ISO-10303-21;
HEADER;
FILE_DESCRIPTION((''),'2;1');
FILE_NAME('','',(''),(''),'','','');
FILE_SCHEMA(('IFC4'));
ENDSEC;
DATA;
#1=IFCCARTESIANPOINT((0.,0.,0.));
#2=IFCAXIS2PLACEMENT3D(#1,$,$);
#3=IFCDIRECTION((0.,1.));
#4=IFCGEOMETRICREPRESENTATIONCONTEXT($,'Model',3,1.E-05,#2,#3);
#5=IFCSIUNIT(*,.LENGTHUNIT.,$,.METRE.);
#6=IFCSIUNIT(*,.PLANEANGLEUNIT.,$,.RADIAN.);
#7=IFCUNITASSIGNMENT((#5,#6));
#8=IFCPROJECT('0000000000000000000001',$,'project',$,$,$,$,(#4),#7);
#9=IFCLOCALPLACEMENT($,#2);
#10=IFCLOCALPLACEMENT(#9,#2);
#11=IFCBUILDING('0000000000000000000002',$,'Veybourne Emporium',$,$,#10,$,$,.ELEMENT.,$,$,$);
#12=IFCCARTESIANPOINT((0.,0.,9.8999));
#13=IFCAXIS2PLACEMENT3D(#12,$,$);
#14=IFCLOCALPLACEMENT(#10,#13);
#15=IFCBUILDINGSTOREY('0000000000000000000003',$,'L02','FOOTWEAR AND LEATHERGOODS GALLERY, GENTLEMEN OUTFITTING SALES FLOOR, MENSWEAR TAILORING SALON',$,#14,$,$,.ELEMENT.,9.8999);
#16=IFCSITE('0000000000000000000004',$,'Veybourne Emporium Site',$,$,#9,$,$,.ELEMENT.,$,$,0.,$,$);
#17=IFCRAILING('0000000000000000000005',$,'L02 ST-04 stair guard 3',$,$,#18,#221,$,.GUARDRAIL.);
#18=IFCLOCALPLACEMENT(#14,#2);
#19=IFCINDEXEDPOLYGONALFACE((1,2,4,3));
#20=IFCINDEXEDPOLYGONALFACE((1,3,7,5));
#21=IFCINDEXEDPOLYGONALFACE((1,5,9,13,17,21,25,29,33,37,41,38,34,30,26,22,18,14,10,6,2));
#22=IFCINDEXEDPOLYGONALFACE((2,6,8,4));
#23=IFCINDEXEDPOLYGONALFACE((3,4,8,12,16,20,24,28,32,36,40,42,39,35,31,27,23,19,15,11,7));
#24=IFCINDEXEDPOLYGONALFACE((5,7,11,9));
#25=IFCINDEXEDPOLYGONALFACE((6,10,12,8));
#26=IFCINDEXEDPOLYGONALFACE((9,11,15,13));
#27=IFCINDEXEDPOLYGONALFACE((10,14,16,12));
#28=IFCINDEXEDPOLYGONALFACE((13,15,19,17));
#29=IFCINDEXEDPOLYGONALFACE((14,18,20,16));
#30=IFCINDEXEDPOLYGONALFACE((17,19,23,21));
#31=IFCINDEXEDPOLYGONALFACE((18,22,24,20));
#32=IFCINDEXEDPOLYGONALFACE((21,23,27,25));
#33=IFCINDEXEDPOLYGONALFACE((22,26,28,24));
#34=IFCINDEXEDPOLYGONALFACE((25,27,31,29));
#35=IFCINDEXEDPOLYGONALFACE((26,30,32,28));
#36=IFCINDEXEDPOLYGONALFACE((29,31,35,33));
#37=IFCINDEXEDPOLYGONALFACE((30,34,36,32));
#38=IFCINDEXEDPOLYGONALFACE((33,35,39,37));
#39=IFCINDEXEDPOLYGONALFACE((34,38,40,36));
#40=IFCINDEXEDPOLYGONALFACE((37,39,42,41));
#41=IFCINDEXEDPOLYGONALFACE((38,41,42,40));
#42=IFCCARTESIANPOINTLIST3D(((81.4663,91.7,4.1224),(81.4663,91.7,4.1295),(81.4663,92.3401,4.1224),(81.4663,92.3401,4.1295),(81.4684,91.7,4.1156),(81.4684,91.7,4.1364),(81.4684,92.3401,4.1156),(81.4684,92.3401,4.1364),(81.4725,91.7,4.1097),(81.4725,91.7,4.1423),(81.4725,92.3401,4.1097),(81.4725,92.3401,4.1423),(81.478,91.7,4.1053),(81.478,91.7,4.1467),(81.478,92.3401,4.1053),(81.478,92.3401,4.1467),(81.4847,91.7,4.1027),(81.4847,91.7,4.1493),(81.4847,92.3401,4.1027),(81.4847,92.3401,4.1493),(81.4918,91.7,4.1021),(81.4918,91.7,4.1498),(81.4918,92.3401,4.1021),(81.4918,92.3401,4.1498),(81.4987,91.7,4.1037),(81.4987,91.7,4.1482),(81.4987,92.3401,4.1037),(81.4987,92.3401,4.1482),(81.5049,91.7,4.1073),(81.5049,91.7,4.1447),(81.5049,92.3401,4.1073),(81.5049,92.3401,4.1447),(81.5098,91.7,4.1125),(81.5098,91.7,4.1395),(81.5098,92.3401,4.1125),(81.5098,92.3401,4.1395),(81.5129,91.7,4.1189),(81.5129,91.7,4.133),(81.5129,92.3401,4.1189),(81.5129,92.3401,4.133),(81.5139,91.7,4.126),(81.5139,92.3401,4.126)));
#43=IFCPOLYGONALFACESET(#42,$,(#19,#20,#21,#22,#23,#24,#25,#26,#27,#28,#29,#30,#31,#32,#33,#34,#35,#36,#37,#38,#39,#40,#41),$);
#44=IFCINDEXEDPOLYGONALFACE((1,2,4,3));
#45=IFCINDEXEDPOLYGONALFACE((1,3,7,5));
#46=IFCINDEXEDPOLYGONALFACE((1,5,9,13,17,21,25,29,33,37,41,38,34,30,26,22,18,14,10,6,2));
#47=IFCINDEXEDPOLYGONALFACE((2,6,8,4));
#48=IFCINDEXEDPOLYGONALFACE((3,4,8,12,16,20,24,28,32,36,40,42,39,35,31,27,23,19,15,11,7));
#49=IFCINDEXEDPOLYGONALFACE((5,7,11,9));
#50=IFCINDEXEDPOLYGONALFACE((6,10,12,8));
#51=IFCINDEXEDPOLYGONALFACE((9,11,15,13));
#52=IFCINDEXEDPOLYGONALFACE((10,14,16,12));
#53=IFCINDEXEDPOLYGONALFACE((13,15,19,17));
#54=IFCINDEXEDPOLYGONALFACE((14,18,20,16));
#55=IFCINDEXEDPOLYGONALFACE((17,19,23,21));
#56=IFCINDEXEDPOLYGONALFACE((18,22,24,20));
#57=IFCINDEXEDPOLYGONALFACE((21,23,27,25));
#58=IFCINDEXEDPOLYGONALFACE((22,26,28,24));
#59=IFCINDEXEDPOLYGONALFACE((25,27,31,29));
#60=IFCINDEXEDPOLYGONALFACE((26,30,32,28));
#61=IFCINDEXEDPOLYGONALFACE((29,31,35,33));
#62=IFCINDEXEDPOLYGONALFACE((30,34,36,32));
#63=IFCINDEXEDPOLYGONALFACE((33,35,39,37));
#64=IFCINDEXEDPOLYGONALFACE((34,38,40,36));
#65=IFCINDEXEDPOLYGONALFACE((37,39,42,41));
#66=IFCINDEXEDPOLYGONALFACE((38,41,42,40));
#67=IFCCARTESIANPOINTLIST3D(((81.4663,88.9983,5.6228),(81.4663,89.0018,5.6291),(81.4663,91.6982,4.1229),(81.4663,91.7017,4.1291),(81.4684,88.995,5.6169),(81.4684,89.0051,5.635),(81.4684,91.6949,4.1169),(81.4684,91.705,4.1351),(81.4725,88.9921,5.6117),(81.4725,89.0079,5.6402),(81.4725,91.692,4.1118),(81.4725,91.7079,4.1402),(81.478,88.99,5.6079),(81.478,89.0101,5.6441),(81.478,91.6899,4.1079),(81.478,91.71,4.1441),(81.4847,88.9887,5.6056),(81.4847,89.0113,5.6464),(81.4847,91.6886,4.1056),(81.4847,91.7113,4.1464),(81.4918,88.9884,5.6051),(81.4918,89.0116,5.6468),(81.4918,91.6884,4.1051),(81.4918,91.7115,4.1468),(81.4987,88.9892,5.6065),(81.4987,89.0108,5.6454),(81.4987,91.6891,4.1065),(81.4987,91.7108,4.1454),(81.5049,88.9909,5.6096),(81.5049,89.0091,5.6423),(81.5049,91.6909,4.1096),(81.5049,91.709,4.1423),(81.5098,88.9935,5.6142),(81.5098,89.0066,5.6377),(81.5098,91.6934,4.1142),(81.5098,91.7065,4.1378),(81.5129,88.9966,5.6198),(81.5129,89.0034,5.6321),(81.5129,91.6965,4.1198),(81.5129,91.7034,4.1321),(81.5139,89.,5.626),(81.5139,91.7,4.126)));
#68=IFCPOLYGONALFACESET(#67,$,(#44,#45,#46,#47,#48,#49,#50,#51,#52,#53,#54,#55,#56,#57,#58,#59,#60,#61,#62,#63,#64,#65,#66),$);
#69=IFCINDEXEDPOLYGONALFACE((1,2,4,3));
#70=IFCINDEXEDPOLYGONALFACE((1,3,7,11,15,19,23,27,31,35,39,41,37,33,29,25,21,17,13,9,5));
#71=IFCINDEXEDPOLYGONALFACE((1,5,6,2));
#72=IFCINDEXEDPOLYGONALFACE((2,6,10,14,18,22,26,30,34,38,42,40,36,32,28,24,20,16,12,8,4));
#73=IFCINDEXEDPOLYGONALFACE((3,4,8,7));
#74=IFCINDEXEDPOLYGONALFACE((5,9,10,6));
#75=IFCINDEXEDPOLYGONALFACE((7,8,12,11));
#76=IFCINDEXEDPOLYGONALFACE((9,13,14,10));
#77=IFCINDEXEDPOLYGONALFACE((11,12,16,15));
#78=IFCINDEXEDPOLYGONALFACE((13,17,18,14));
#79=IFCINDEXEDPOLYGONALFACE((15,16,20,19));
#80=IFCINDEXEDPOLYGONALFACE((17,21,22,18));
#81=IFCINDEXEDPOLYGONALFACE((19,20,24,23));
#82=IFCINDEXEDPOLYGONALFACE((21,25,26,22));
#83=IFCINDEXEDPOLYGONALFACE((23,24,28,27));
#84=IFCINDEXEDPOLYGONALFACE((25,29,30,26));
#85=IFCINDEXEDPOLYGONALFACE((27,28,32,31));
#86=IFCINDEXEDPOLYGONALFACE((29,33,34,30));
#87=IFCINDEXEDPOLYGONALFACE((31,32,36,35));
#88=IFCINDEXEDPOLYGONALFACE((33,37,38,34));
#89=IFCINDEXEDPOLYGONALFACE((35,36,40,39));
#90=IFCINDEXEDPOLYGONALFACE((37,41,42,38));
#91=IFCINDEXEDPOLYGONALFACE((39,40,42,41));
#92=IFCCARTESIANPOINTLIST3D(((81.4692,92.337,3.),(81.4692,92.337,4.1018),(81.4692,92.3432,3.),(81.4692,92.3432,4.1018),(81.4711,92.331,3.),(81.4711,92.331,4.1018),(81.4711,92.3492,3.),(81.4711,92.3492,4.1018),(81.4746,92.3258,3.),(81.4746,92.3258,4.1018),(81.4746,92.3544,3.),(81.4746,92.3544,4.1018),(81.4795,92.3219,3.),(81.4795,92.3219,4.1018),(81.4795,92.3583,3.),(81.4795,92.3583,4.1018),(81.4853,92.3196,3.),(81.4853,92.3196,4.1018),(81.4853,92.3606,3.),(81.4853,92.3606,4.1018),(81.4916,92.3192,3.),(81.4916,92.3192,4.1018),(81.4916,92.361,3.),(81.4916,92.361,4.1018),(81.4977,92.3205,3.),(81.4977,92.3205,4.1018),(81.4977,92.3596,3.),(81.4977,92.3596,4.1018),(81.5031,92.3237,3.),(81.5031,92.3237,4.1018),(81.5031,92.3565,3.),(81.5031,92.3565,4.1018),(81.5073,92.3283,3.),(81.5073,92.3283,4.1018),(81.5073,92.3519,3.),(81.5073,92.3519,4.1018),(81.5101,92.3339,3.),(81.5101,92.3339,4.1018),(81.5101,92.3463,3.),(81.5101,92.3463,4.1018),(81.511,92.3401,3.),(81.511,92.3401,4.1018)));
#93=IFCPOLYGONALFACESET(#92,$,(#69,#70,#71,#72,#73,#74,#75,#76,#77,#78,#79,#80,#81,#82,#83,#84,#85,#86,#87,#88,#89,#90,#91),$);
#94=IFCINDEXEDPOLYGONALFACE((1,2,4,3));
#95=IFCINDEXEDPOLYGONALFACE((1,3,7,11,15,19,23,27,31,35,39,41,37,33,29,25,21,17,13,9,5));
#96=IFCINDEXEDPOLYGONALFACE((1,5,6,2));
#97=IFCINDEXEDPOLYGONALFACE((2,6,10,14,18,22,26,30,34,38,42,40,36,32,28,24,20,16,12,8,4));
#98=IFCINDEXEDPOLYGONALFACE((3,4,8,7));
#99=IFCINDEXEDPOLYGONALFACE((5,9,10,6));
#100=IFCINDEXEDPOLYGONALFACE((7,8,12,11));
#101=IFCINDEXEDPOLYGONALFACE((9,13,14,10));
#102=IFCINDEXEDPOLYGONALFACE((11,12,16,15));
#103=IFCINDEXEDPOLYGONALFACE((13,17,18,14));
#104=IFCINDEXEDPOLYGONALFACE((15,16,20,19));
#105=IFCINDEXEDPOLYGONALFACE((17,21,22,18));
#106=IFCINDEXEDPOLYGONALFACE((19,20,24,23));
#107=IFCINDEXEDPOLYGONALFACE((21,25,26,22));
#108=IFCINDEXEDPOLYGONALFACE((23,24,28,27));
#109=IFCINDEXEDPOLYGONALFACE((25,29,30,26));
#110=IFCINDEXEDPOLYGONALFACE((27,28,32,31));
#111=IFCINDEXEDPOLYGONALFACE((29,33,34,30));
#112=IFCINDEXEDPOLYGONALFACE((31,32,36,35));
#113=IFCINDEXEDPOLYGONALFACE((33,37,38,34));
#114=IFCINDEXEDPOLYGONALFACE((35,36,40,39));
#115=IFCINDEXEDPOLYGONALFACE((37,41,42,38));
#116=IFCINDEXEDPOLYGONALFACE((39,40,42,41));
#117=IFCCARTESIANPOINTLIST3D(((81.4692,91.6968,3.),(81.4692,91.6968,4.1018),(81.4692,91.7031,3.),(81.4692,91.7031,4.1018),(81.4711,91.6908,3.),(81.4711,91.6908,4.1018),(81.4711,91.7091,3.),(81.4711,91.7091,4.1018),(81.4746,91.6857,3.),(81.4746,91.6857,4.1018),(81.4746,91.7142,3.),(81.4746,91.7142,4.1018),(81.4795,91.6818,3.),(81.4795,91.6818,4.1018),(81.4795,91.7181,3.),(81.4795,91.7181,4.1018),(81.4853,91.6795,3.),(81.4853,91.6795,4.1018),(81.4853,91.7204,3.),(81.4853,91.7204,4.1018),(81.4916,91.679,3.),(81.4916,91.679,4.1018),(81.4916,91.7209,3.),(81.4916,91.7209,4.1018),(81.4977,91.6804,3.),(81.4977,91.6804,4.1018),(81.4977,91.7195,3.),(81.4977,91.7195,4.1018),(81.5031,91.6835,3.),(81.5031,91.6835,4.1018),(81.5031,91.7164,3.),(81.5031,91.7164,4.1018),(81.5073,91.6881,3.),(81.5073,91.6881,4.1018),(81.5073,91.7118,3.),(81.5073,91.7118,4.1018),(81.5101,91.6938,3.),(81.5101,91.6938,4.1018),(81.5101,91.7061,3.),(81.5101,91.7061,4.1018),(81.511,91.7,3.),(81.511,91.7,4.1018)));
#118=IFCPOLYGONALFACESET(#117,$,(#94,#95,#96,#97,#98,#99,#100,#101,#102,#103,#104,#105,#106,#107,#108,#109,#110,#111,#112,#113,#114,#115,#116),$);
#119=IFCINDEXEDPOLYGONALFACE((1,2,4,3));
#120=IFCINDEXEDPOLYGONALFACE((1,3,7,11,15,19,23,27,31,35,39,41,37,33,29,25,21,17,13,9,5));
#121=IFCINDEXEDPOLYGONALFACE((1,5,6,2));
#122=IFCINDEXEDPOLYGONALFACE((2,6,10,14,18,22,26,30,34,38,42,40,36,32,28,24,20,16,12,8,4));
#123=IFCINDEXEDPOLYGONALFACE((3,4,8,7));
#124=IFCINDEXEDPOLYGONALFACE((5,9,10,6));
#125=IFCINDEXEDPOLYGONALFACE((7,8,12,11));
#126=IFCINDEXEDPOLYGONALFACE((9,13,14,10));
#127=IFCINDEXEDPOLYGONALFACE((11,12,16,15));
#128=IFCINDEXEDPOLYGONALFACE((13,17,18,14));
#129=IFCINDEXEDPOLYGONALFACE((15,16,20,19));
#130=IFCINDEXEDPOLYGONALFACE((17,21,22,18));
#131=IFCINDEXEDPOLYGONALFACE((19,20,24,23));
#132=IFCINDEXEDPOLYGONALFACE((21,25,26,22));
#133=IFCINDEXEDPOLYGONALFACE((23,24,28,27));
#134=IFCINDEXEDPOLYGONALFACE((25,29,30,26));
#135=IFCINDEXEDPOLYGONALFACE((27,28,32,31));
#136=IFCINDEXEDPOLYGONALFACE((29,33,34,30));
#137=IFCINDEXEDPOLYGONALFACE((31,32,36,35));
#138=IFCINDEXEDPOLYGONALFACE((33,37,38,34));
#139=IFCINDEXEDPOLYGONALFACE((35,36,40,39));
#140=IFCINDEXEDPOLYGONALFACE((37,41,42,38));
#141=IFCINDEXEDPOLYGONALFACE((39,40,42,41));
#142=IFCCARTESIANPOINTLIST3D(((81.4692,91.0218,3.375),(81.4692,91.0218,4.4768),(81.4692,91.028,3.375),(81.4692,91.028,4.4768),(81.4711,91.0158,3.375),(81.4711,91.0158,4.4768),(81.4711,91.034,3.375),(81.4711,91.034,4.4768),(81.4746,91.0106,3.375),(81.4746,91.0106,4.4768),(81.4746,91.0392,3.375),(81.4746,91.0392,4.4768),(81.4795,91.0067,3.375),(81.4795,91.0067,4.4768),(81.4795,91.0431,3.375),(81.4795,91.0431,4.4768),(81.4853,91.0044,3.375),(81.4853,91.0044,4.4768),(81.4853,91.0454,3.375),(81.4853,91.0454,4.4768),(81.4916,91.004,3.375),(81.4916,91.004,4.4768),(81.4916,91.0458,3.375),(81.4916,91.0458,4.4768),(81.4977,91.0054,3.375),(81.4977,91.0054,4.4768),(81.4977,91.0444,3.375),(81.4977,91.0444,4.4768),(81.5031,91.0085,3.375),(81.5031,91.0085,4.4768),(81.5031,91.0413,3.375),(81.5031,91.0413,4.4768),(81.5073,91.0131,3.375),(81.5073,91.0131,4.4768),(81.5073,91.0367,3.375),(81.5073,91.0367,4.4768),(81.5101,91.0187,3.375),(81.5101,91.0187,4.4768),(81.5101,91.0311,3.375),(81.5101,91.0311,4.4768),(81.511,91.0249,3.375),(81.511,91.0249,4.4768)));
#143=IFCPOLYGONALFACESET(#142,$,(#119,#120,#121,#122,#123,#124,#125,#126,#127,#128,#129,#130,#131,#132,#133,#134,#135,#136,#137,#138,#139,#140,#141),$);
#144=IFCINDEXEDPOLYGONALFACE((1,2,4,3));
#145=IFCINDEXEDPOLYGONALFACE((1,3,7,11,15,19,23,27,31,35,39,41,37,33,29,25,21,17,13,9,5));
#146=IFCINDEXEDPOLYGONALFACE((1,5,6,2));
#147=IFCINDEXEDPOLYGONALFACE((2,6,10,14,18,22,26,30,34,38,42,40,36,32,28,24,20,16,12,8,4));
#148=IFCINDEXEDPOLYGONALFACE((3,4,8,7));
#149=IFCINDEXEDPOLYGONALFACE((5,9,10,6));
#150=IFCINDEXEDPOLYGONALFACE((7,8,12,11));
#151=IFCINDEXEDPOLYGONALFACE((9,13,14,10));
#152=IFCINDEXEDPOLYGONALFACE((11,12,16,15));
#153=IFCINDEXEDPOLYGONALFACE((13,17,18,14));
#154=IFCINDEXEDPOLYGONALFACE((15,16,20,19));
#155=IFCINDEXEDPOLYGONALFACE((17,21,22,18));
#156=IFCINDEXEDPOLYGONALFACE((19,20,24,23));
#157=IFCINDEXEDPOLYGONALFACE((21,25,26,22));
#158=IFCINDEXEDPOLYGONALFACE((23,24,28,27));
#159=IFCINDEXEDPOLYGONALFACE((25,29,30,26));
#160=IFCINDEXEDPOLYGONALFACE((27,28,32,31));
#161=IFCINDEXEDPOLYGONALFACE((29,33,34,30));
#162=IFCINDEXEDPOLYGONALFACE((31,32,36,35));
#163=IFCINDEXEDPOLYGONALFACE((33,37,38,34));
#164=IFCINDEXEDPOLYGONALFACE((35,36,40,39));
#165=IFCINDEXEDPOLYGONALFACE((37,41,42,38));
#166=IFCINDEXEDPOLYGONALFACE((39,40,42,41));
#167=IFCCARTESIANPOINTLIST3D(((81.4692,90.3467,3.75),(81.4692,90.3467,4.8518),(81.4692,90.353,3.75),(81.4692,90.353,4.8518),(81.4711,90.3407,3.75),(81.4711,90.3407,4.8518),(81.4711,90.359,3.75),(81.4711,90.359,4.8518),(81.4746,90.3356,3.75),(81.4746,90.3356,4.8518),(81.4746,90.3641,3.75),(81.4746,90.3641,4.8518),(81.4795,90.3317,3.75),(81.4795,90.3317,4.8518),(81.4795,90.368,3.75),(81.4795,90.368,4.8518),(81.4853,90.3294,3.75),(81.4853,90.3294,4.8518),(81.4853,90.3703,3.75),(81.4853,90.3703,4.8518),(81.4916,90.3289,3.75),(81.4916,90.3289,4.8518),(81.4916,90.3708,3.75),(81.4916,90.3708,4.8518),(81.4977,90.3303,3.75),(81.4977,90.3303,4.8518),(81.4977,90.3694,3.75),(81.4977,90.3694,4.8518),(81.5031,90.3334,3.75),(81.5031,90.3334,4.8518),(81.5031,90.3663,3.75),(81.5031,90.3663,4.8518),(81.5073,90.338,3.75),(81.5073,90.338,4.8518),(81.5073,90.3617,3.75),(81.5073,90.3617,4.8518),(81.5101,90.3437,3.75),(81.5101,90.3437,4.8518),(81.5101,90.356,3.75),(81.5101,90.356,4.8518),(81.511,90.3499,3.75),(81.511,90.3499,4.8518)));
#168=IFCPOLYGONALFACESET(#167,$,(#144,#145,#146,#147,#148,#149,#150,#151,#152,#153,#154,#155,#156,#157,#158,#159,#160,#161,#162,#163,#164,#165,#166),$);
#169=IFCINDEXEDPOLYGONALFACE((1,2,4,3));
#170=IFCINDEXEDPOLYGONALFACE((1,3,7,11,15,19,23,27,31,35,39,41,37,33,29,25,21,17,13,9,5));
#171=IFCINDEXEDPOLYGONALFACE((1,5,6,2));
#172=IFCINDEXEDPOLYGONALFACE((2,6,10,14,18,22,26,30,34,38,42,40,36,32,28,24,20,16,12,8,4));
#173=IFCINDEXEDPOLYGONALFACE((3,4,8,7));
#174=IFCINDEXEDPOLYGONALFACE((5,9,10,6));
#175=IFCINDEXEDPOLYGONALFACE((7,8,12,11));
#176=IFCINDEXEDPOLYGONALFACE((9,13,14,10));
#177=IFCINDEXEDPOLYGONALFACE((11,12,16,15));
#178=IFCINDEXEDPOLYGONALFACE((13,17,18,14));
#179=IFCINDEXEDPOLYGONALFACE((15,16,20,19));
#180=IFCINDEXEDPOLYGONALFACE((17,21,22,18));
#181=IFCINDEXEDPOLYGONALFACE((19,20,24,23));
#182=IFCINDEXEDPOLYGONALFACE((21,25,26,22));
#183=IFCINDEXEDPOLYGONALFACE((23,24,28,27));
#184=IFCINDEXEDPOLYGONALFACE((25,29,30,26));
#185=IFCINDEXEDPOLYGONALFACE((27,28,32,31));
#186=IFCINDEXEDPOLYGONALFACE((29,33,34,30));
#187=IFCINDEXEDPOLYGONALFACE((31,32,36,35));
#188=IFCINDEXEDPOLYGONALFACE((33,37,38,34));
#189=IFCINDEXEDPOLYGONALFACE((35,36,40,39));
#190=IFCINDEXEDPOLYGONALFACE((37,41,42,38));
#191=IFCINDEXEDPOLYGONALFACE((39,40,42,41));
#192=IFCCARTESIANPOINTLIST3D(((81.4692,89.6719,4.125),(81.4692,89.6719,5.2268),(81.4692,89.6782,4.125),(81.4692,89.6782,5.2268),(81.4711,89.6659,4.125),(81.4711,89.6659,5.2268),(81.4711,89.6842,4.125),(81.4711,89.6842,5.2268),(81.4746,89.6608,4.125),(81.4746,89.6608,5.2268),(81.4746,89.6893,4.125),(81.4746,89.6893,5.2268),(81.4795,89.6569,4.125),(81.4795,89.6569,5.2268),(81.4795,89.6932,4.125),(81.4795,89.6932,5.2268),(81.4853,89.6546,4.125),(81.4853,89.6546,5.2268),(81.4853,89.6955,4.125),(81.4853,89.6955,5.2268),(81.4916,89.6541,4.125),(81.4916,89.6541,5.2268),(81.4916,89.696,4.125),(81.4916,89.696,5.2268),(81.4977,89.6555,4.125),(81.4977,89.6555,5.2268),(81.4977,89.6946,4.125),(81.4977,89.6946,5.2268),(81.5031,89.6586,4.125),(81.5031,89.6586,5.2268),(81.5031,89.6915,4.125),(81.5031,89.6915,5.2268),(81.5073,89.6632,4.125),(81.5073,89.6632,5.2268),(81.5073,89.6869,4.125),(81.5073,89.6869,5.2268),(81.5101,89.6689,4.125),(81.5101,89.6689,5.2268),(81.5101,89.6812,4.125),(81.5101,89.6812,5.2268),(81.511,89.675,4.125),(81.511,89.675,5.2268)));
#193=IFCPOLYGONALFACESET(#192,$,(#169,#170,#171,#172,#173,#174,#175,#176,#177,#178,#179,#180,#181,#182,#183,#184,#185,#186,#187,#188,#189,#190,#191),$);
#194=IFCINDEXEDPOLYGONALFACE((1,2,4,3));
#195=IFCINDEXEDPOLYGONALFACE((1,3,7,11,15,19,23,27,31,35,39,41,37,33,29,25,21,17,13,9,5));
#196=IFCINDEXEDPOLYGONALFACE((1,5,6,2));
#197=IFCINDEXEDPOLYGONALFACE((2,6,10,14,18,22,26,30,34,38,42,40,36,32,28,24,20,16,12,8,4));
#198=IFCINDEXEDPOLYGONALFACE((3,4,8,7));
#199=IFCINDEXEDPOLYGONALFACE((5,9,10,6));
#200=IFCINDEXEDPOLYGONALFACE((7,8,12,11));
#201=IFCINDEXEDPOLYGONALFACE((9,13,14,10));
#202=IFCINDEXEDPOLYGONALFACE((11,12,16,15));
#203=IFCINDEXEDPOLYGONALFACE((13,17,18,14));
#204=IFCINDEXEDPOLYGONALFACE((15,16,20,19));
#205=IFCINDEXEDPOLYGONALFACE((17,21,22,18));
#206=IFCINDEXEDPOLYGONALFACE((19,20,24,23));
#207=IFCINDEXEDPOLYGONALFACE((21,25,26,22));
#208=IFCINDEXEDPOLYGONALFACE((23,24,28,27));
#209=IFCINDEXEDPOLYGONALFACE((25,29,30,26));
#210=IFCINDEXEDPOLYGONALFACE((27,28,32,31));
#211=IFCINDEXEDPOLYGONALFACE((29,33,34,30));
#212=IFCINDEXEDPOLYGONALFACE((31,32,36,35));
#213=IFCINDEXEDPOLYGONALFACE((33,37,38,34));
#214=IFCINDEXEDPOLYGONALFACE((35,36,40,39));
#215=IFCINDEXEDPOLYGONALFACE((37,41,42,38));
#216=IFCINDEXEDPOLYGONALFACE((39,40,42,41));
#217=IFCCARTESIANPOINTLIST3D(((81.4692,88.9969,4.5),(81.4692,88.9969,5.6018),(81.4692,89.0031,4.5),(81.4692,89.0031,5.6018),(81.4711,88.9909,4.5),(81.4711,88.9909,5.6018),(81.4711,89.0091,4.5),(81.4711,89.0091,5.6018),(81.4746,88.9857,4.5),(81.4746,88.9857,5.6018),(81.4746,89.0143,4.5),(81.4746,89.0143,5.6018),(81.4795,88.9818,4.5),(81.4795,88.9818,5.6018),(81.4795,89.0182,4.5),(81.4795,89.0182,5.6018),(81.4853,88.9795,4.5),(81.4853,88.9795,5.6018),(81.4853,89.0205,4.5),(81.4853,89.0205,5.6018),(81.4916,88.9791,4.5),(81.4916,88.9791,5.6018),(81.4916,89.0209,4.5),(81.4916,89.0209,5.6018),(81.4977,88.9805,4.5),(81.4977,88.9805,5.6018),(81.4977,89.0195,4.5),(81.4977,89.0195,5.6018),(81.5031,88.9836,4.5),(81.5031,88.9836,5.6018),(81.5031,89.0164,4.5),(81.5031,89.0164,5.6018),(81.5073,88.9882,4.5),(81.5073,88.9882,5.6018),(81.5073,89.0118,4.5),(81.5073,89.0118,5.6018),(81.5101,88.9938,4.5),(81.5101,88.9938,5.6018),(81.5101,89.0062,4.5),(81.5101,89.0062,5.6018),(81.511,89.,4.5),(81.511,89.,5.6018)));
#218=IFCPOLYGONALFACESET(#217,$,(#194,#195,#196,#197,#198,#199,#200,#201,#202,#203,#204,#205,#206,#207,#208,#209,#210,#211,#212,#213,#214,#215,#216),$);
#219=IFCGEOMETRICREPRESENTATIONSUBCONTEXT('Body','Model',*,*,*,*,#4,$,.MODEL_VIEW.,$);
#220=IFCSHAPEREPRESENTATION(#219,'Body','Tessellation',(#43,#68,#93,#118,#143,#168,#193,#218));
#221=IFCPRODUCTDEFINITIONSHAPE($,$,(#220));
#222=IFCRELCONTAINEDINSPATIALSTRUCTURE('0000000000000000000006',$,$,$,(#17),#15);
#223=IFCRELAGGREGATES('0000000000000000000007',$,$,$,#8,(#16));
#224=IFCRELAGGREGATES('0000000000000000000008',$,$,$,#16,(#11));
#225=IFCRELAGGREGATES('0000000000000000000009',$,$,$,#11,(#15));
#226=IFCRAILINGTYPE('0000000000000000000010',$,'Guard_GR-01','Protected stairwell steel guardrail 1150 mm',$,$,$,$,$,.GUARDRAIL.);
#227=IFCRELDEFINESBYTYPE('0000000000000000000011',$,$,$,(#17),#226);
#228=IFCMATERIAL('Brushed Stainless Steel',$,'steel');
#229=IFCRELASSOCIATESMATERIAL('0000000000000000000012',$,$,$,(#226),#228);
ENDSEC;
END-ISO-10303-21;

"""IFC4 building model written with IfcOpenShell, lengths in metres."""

from ifc_helpers import new_model, si_unit, direction, frame, origin, origin_2d, place, context, subcontext, project, spatial, circle, extrude, material, type_object, element, save


model = new_model("IFC4")

# Units and contexts
model_context = context("Model", 3, precision=1e-05, world=origin(), true_north=direction((0.0, 1.0)))
body_context = subcontext(model_context, "Body", "Model", "MODEL_VIEW")
ifc_project = project(units=[si_unit("LENGTHUNIT", "METRE"), si_unit("PLANEANGLEUNIT", "RADIAN")], contexts=[model_context])

# Site, building, storey
site_placement = place(None, origin())
site = spatial("IfcSite", under=ifc_project, at=site_placement, Name="Veybourne Emporium Site", CompositionType="ELEMENT", RefElevation=0.0)
building_placement = place(site_placement, origin())
building = spatial("IfcBuilding", under=site, at=building_placement, Name="Veybourne Emporium", CompositionType="ELEMENT")
storey_placement = place(building_placement, frame((0.0, 0.0, 9.8999)))
storey = spatial("IfcBuildingStorey", under=building, at=storey_placement, Name="L02", Description="FOOTWEAR AND LEATHERGOODS GALLERY, GENTLEMEN OUTFITTING SALES FLOOR, MENSWEAR TAILORING SALON", CompositionType="ELEMENT", Elevation=9.8999)

# Railing
ifc_material_1 = material(Name="Brushed Stainless Steel", Category="steel")
railing_type_1 = type_object("IfcRailingType", Name="Guard_GR-01", Description="Protected stairwell steel guardrail 1150 mm", PredefinedType="GUARDRAIL", material=ifc_material_1)
railing_1_placement = place(storey_placement, frame((81.49, 92.3401, 3.0)))
element("IfcRailing", 1, at=railing_1_placement, inside=storey, type_object=railing_type_1, Name="L02 ST-04 stair guard 3", PredefinedType="GUARDRAIL", context=body_context, shape_type="SweptSolid", body=[
    extrude(circle(Radius=0.0239, at=origin_2d()), frame((0.0, 0.0, 1.126), z_axis=(0.0, -1.0, 0.0), x_axis=(1.0, 0.0, 0.0)), (0.0, 0.0, 1.0), 0.6401),
    extrude(circle(Radius=0.0239, at=origin_2d()), frame((0.0, -0.6401, 1.126), z_axis=(0.0, -0.874154, 0.48565), x_axis=(1.0, 0.0, 0.0)), (0.0, 0.0, 1.0), 3.0886),
    extrude(circle(Radius=0.021, at=origin_2d()), origin(), (0.0, 0.0, 1.0), 1.1018),
    extrude(circle(Radius=0.021, at=origin_2d()), frame((0.0, -0.6401, 0.0)), (0.0, 0.0, 1.0), 1.1018),
    extrude(circle(Radius=0.021, at=origin_2d()), frame((0.0, -1.3152, 0.375)), (0.0, 0.0, 1.0), 1.1018),
    extrude(circle(Radius=0.021, at=origin_2d()), frame((0.0, -1.9902, 0.75)), (0.0, 0.0, 1.0), 1.1018),
    extrude(circle(Radius=0.021, at=origin_2d()), frame((0.0, -2.665, 1.125)), (0.0, 0.0, 1.0), 1.1018),
    extrude(circle(Radius=0.021, at=origin_2d()), frame((0.0, -3.3401, 1.5)), (0.0, 0.0, 1.0), 1.1018),
])

save(model, "model.ifc")
